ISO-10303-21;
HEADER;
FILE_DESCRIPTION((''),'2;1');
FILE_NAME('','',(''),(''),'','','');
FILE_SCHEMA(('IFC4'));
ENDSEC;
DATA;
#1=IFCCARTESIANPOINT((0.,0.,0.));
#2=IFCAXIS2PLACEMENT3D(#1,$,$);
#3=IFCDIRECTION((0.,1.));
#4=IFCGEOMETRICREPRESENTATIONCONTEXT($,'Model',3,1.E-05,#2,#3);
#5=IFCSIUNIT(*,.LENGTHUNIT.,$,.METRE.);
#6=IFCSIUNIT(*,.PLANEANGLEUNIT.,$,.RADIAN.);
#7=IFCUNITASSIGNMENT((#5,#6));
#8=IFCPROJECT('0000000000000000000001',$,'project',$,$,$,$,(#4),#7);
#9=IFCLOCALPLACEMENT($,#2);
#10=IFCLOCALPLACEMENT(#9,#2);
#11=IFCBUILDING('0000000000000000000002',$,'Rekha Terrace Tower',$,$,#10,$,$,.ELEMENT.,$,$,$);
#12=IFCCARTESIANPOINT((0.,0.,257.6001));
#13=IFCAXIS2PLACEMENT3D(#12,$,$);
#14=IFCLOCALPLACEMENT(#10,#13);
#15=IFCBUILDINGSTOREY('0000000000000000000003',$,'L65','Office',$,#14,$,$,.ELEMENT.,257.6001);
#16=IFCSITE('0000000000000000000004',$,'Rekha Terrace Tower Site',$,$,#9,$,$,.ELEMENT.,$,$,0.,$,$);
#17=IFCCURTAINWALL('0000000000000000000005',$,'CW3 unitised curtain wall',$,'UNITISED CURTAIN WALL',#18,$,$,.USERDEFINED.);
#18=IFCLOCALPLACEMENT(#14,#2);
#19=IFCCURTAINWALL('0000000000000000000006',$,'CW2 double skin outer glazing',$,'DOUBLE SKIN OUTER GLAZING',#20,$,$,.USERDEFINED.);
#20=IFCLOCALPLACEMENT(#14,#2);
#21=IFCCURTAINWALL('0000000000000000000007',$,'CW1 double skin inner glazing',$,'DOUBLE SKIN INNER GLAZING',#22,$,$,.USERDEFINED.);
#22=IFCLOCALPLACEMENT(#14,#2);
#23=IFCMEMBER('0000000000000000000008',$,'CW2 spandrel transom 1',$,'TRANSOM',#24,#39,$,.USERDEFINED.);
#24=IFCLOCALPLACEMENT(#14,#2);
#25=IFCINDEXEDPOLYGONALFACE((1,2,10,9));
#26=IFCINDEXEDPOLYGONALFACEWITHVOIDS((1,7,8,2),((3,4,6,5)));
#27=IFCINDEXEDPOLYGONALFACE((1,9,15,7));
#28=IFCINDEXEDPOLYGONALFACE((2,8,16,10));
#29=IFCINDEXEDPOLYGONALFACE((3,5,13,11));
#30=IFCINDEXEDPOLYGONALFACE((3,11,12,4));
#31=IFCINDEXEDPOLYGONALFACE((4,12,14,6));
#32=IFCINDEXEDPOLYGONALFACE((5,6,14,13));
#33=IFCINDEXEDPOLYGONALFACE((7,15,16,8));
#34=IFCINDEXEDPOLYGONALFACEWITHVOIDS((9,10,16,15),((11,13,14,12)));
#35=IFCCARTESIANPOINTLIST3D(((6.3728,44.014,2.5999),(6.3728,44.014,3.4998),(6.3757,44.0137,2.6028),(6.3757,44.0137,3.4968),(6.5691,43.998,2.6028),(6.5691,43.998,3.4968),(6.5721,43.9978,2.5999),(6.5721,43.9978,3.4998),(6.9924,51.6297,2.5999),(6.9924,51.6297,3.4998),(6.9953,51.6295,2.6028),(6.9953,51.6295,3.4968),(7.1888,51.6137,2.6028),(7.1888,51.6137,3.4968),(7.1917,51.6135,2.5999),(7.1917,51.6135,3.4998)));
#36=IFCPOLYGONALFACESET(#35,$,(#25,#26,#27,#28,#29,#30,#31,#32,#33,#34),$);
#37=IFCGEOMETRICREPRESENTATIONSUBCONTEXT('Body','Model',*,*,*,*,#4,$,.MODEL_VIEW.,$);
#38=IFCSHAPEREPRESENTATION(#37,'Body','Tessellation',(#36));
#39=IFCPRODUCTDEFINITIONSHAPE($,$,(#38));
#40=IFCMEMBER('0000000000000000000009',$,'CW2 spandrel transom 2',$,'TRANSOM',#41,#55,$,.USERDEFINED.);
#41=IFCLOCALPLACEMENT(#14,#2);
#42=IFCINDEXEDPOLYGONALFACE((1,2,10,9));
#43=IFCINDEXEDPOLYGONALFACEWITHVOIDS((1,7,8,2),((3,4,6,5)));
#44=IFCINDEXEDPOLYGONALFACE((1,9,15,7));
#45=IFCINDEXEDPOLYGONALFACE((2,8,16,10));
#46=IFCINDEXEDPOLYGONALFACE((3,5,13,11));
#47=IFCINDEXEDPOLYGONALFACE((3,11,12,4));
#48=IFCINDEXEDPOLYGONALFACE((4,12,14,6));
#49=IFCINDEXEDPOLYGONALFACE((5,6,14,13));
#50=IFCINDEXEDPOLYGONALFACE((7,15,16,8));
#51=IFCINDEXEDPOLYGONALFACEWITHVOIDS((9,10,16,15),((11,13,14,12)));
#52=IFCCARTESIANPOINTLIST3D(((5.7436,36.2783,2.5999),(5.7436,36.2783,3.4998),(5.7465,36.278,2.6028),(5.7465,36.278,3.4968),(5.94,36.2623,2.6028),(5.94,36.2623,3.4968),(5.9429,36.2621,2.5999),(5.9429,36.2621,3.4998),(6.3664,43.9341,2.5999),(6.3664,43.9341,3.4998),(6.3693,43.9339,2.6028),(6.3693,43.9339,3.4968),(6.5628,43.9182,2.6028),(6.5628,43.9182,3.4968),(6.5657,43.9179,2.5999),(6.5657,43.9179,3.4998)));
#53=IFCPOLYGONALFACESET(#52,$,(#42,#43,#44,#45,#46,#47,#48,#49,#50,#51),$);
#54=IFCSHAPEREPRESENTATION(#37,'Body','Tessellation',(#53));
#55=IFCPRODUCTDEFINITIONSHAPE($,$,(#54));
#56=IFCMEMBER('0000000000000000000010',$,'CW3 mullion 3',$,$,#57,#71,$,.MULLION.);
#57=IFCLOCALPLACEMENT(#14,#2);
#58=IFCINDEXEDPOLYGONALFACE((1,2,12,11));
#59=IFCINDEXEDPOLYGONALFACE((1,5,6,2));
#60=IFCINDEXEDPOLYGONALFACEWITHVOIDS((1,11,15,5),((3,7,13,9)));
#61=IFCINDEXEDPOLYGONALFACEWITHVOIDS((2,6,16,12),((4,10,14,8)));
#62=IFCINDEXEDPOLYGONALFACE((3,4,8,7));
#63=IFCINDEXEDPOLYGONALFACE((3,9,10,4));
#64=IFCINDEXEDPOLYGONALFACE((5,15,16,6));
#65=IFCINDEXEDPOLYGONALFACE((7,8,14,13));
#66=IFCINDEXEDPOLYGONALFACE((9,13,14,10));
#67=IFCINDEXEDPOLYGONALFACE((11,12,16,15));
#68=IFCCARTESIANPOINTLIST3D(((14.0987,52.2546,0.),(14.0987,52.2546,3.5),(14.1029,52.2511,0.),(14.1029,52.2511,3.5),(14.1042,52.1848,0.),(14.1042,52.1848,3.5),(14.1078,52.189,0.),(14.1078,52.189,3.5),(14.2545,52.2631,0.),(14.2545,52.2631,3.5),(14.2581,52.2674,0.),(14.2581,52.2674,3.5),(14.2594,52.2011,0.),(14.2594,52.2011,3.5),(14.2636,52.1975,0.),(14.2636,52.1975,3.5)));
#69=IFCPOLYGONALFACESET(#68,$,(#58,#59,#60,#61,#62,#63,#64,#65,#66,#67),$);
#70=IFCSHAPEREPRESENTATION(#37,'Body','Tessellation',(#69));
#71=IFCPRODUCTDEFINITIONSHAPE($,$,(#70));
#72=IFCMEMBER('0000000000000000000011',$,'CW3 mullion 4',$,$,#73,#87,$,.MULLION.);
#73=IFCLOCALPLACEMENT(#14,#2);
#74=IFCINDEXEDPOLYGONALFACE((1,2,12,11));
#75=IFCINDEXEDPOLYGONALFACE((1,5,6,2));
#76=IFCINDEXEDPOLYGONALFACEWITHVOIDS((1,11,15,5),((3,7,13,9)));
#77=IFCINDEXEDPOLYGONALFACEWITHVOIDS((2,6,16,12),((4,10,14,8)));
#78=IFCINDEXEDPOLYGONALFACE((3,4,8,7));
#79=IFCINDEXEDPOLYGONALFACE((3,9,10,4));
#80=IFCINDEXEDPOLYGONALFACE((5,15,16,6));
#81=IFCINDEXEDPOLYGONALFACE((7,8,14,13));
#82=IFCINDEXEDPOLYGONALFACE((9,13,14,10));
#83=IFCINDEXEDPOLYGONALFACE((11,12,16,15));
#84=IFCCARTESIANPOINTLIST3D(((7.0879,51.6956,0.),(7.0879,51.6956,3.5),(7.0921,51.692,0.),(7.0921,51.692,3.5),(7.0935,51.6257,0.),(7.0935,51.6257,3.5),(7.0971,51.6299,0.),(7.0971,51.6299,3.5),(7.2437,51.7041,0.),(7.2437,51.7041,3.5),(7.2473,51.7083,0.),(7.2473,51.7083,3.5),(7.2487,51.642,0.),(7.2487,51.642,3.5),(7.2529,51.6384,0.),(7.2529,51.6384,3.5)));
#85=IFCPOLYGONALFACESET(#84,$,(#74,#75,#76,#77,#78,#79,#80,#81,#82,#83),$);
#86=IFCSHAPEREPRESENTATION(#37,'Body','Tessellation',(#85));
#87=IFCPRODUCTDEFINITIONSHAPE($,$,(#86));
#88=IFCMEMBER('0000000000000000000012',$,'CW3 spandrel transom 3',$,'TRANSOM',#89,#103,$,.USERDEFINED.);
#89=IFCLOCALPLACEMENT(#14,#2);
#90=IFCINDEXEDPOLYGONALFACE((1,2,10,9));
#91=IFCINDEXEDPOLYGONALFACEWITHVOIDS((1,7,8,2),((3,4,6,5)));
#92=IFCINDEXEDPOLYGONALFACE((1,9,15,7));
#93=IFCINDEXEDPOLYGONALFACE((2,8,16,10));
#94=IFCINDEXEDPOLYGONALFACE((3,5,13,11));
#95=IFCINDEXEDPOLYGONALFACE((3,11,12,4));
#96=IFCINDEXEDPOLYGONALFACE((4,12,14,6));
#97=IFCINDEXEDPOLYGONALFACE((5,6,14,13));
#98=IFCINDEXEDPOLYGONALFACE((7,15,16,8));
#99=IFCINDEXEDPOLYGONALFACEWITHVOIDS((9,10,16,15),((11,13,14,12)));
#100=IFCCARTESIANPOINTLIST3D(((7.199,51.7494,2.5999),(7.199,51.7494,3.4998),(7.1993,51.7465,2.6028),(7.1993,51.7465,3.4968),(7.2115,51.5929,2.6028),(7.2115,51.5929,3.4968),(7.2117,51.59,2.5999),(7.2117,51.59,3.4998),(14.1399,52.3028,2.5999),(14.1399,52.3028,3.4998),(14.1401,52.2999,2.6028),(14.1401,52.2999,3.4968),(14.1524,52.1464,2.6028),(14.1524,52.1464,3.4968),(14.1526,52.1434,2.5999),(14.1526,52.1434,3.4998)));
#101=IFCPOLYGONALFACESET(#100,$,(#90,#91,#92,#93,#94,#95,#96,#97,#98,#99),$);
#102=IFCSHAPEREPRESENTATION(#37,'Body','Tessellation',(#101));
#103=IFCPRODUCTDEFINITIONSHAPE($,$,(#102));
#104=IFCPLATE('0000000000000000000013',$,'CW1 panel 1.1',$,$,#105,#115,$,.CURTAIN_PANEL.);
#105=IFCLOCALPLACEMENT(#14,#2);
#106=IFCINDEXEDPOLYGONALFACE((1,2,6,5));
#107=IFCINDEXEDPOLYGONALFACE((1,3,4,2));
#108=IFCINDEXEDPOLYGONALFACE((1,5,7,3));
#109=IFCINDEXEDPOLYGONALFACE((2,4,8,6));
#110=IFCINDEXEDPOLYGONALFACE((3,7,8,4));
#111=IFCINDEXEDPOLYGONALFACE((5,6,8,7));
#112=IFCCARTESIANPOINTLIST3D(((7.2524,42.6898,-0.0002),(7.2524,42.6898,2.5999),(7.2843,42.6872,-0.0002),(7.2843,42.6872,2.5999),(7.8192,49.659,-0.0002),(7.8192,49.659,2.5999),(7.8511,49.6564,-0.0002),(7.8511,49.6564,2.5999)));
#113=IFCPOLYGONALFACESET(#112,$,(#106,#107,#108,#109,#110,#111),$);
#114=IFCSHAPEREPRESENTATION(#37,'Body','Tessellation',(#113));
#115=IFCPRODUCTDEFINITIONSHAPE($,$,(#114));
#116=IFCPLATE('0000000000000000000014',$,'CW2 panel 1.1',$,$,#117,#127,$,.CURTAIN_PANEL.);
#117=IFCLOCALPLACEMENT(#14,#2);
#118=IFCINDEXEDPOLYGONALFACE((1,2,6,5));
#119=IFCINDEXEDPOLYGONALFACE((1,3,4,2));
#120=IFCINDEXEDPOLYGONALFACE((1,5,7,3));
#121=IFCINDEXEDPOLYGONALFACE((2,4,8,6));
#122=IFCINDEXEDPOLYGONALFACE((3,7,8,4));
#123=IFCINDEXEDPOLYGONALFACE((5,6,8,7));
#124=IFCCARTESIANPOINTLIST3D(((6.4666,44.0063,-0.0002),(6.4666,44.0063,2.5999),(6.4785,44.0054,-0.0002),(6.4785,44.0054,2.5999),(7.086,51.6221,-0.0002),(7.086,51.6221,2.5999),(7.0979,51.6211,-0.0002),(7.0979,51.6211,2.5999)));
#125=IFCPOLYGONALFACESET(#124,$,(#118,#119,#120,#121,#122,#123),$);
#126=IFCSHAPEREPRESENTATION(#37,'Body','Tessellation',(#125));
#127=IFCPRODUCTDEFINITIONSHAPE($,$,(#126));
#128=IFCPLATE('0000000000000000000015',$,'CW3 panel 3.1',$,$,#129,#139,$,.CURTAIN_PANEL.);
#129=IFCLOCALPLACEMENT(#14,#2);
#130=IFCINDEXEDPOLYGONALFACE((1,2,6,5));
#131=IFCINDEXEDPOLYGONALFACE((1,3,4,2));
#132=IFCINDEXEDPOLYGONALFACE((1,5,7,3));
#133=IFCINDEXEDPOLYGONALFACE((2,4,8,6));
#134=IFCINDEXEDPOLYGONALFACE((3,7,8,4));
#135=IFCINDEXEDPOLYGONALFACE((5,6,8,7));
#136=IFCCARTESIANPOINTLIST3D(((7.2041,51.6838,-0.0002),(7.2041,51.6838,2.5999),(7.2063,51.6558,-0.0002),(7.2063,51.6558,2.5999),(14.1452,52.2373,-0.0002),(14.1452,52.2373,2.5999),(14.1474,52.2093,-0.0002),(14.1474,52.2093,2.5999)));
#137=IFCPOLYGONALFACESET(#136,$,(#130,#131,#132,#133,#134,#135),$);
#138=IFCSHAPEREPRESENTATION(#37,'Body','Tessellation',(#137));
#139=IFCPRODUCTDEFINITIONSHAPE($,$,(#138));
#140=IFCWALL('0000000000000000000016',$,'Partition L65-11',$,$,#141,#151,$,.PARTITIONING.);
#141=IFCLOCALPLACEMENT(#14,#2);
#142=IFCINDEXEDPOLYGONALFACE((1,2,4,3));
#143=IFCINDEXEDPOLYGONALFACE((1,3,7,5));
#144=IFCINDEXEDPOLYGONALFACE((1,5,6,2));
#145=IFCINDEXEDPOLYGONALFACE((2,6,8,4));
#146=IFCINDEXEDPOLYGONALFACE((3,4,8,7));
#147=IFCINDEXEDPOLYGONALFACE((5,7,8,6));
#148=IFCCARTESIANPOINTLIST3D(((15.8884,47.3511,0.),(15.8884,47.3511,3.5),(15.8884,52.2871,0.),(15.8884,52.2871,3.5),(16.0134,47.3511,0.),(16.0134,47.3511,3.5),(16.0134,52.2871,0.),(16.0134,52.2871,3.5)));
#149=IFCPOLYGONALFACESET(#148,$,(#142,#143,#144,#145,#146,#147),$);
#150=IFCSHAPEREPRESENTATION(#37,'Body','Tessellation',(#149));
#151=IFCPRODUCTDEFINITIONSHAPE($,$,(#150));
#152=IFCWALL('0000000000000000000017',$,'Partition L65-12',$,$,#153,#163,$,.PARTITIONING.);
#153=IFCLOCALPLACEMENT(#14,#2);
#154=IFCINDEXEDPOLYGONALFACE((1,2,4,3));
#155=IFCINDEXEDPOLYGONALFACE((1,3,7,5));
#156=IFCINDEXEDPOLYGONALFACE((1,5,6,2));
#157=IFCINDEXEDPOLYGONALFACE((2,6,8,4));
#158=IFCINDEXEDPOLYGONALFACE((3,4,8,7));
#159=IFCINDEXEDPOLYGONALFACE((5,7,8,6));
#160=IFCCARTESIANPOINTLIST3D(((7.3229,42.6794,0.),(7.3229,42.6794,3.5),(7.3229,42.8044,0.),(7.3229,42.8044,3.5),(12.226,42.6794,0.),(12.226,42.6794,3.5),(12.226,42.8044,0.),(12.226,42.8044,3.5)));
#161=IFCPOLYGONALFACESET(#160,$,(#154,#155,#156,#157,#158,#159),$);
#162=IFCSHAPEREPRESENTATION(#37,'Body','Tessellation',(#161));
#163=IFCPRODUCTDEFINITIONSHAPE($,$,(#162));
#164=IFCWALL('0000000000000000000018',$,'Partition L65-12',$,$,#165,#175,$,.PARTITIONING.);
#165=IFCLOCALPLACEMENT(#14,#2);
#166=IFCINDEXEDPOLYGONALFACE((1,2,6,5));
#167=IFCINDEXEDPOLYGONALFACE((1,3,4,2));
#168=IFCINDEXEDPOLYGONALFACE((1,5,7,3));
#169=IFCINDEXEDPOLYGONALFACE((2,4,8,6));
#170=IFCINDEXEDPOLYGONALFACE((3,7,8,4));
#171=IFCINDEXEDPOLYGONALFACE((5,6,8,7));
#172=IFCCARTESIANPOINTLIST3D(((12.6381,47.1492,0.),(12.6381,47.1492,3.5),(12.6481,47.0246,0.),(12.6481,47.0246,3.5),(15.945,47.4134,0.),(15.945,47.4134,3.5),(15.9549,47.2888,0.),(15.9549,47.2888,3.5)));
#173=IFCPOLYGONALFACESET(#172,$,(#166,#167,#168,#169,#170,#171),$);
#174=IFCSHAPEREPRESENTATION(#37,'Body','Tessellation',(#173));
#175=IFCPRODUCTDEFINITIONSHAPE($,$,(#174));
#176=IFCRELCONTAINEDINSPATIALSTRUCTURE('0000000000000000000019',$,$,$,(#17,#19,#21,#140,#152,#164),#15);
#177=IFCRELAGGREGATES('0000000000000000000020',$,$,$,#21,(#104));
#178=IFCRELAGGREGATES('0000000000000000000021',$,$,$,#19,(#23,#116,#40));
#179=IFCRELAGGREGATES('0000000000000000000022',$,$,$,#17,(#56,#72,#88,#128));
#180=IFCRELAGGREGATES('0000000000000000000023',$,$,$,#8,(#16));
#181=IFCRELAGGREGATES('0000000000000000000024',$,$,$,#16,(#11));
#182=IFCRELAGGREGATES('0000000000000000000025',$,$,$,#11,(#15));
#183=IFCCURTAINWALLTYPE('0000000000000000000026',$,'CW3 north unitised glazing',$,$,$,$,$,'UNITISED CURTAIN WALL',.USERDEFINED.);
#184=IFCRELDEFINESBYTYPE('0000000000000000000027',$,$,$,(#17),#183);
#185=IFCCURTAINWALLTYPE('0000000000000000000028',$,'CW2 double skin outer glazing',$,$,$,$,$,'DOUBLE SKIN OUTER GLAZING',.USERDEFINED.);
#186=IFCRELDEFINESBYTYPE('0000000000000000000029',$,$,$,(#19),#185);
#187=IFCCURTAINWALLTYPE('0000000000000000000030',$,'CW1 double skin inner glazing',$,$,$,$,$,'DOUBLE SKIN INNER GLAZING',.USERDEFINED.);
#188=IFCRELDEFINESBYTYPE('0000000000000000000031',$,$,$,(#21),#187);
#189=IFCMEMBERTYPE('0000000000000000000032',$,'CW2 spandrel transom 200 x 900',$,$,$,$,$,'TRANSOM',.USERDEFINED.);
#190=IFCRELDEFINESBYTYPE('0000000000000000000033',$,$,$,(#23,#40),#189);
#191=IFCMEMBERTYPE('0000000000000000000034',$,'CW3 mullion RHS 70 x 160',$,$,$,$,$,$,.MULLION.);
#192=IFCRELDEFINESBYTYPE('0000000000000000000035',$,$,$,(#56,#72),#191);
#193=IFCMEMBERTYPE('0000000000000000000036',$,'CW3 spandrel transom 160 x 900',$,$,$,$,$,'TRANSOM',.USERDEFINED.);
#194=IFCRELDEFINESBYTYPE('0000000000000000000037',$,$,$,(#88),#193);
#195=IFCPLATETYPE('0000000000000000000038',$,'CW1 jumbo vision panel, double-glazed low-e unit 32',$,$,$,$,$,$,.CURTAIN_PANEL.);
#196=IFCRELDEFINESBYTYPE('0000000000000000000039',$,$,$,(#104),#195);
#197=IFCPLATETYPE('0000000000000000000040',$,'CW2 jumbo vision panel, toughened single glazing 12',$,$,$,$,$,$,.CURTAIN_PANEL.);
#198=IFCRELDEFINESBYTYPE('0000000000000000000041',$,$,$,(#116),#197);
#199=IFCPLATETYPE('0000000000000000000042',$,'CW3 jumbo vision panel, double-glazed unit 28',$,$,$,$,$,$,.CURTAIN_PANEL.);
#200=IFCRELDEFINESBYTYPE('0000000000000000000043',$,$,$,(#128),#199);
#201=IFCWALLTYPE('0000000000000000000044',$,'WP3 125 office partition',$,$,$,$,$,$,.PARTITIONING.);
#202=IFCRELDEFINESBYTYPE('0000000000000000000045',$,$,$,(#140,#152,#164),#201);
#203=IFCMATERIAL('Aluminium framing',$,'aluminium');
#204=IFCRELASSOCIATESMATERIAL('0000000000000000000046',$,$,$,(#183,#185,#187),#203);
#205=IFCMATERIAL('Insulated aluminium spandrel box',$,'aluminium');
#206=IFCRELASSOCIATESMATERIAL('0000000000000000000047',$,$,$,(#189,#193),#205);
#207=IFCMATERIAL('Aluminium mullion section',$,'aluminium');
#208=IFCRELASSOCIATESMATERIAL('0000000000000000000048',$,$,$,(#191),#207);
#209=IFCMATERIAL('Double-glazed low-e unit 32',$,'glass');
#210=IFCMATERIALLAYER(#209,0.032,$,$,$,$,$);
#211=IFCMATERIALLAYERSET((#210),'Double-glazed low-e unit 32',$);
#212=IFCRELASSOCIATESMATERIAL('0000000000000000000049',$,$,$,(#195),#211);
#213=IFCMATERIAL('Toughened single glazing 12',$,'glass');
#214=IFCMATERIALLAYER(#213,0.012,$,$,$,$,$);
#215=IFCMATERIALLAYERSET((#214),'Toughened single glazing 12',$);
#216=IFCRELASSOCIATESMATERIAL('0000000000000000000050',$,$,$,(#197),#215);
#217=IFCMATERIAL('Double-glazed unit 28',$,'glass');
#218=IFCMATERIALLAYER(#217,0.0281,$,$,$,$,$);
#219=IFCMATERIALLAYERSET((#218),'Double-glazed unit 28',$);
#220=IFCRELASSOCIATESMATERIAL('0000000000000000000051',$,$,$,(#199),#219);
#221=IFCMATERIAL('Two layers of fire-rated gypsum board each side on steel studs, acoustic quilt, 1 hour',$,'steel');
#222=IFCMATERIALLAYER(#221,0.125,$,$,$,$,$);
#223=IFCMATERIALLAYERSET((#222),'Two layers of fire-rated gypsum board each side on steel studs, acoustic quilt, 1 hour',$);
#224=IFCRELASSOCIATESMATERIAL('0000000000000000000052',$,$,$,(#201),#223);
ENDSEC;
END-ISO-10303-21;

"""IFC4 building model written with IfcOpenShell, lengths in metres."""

from ifc_helpers import new_model, si_unit, direction, frame, frame_2d, origin, origin_2d, place, context, subcontext, project, spatial, rectangle, hollow_rectangle, extrude, material, layer, layer_set, material_profile, profile_set, type_object, element, aggregate, save


model = new_model("IFC4")

# Units and contexts
model_context = context("Model", 3, precision=1e-05, world=origin(), true_north=direction((0.0, 1.0)))
body_context = subcontext(model_context, "Body", "Model", "MODEL_VIEW")
ifc_project = project(units=[si_unit("LENGTHUNIT", "METRE"), si_unit("PLANEANGLEUNIT", "RADIAN")], contexts=[model_context])

# Site, building, storey
site_placement = place(None, origin())
site = spatial("IfcSite", under=ifc_project, at=site_placement, Name="Rekha Terrace Tower Site", CompositionType="ELEMENT", RefElevation=0.0)
building_placement = place(site_placement, origin())
building = spatial("IfcBuilding", under=site, at=building_placement, Name="Rekha Terrace Tower", CompositionType="ELEMENT")
storey_placement = place(building_placement, frame((0.0, 0.0, 257.6001)))
storey = spatial("IfcBuildingStorey", under=building, at=storey_placement, Name="L65", Description="Office", CompositionType="ELEMENT", Elevation=257.6001)

# Curtain walls
ifc_material_1 = material(Name="Aluminium framing", Category="aluminium")
curtain_wall_type_1 = type_object("IfcCurtainWallType", Name="CW3 north unitised glazing", ElementType="UNITISED CURTAIN WALL", PredefinedType="USERDEFINED", material=ifc_material_1)
curtain_wall_1_placement = place(storey_placement, origin())
curtain_wall_1 = element("IfcCurtainWall", 1, at=curtain_wall_1_placement, inside=storey, type_object=curtain_wall_type_1, Name="CW3 unitised curtain wall", ObjectType="UNITISED CURTAIN WALL", PredefinedType="USERDEFINED")
curtain_wall_type_2 = type_object("IfcCurtainWallType", Name="CW2 double skin outer glazing", ElementType="DOUBLE SKIN OUTER GLAZING", PredefinedType="USERDEFINED", material=ifc_material_1)
curtain_wall_2_placement = place(storey_placement, origin())
curtain_wall_2 = element("IfcCurtainWall", 2, at=curtain_wall_2_placement, inside=storey, type_object=curtain_wall_type_2, Name="CW2 double skin outer glazing", ObjectType="DOUBLE SKIN OUTER GLAZING", PredefinedType="USERDEFINED")

# Curtain wall
curtain_wall_type_3 = type_object("IfcCurtainWallType", Name="CW1 double skin inner glazing", ElementType="DOUBLE SKIN INNER GLAZING", PredefinedType="USERDEFINED", material=ifc_material_1)
curtain_wall_3_placement = place(storey_placement, origin())
curtain_wall_3 = element("IfcCurtainWall", 3, at=curtain_wall_3_placement, inside=storey, type_object=curtain_wall_type_3, Name="CW1 double skin inner glazing", ObjectType="DOUBLE SKIN INNER GLAZING", PredefinedType="USERDEFINED")
ifc_material_2 = material(Name="Aluminium mullion section", Category="aluminium")
ifc_material_3 = material(Name="Insulated aluminium spandrel box", Category="aluminium")

# Members
ifc_material_profile_1 = material_profile(ifc_material_3, hollow_rectangle(XDim=0.2, YDim=0.8999, WallThickness=0.0029, at=origin_2d()), Name="AL SPANDREL BOX 200x900")
ifc_profile_set_1 = profile_set([ifc_material_profile_1], Name="Insulated aluminium spandrel box")
member_type_1 = type_object("IfcMemberType", Name="CW2 spandrel transom 200 x 900", ElementType="TRANSOM", PredefinedType="USERDEFINED", material=ifc_profile_set_1)
member_1_placement = place(storey_placement, frame((7.092, 51.6216, 3.0498), z_axis=(-0.081094, -0.996706, 0.0), x_axis=(0.996706, -0.081094, 0.0)))
member_1 = element("IfcMember", 4, at=member_1_placement, type_object=member_type_1, Name="CW2 spandrel transom 1", ObjectType="TRANSOM", PredefinedType="USERDEFINED", context=body_context, shape_type="SweptSolid", body=[
    extrude(hollow_rectangle(XDim=0.2, YDim=0.8999, WallThickness=0.0029, at=origin_2d()), origin(), (0.0, 0.0, 1.0), 7.6409),
])
member_2_placement = place(storey_placement, frame((6.4661, 43.926, 3.0498), z_axis=(-0.081083, -0.996707, 0.0), x_axis=(0.996707, -0.081083, 0.0)))
member_2 = element("IfcMember", 5, at=member_2_placement, type_object=member_type_1, Name="CW2 spandrel transom 2", ObjectType="TRANSOM", PredefinedType="USERDEFINED", context=body_context, shape_type="SweptSolid", body=[
    extrude(hollow_rectangle(XDim=0.2, YDim=0.8999, WallThickness=0.0029, at=origin_2d()), origin(), (0.0, 0.0, 1.0), 7.6812),
])
ifc_material_profile_2 = material_profile(ifc_material_2, hollow_rectangle(XDim=0.0701, YDim=0.1599, WallThickness=0.0039, at=origin_2d()), Name="AL RHS 70x160")
ifc_profile_set_2 = profile_set([ifc_material_profile_2], Name="Aluminium mullion section")
member_type_2 = type_object("IfcMemberType", Name="CW3 mullion RHS 70 x 160", PredefinedType="MULLION", material=ifc_profile_set_2)
member_3_placement = place(storey_placement, frame((14.1812, 52.2261, 0.0), z_axis=(0.0, 0.0, 1.0), x_axis=(0.079485, -0.996836, 0.0)))
member_3 = element("IfcMember", 6, at=member_3_placement, type_object=member_type_2, Name="CW3 mullion 3", PredefinedType="MULLION", context=body_context, shape_type="SweptSolid", body=[
    extrude(hollow_rectangle(XDim=0.0701, YDim=0.1599, WallThickness=0.0039, at=origin_2d()), origin(), (0.0, 0.0, 1.0), 3.5),
])
member_4_placement = place(storey_placement, frame((7.1704, 51.667, 0.0), z_axis=(0.0, 0.0, 1.0), x_axis=(0.079485, -0.996836, 0.0)))
member_4 = element("IfcMember", 7, at=member_4_placement, type_object=member_type_2, Name="CW3 mullion 4", PredefinedType="MULLION", context=body_context, shape_type="SweptSolid", body=[
    extrude(hollow_rectangle(XDim=0.0701, YDim=0.1599, WallThickness=0.0039, at=origin_2d()), origin(), (0.0, 0.0, 1.0), 3.5),
])
ifc_material_profile_3 = material_profile(ifc_material_3, hollow_rectangle(XDim=0.1599, YDim=0.8999, WallThickness=0.0029, at=origin_2d()), Name="AL SPANDREL BOX 160x900")
ifc_profile_set_3 = profile_set([ifc_material_profile_3], Name="Insulated aluminium spandrel box")
member_type_3 = type_object("IfcMemberType", Name="CW3 spandrel transom 160 x 900", ElementType="TRANSOM", PredefinedType="USERDEFINED", material=ifc_profile_set_3)
member_5_placement = place(storey_placement, frame((14.1462, 52.2231, 3.0498), z_axis=(-0.996836, -0.079487, 0.0), x_axis=(0.079487, -0.996836, 0.0)))
member_5 = element("IfcMember", 8, at=member_5_placement, type_object=member_type_3, Name="CW3 spandrel transom 3", ObjectType="TRANSOM", PredefinedType="USERDEFINED", context=body_context, shape_type="SweptSolid", body=[
    extrude(hollow_rectangle(XDim=0.1599, YDim=0.8999, WallThickness=0.0029, at=origin_2d()), origin(), (0.0, 0.0, 1.0), 6.9629),
])

# Plates
ifc_material_4 = material(Name="Double-glazed low-e unit 32", Category="glass")
ifc_layer_1 = layer(ifc_material_4, 0.032)
ifc_layer_set_1 = layer_set([ifc_layer_1], Name="Double-glazed low-e unit 32")
plate_type_1 = type_object("IfcPlateType", Name="CW1 jumbo vision panel, double-glazed low-e unit 32", PredefinedType="CURTAIN_PANEL", material=ifc_layer_set_1)
plate_1_placement = place(storey_placement, frame((7.5518, 46.1731, -0.0002), z_axis=(0.0, 0.0, 1.0), x_axis=(-0.081068, -0.996709, 0.0)))
plate_1 = element("IfcPlate", 9, at=plate_1_placement, type_object=plate_type_1, Name="CW1 panel 1.1", PredefinedType="CURTAIN_PANEL", context=body_context, shape_type="SweptSolid", body=[
    extrude(rectangle(XDim=6.9922, YDim=0.032, at=origin_2d()), origin(), (0.0, 0.0, 1.0), 2.6001),
])
aggregate(curtain_wall_3, [plate_1])
ifc_material_5 = material(Name="Toughened single glazing 12", Category="glass")
ifc_layer_2 = layer(ifc_material_5, 0.012)
ifc_layer_set_2 = layer_set([ifc_layer_2], Name="Toughened single glazing 12")
plate_type_2 = type_object("IfcPlateType", Name="CW2 jumbo vision panel, toughened single glazing 12", PredefinedType="CURTAIN_PANEL", material=ifc_layer_set_2)
plate_2_placement = place(storey_placement, frame((6.7822, 47.8137, -0.0002), z_axis=(0.0, 0.0, 1.0), x_axis=(-0.081068, -0.996709, 0.0)))
plate_2 = element("IfcPlate", 10, at=plate_2_placement, type_object=plate_type_2, Name="CW2 panel 1.1", PredefinedType="CURTAIN_PANEL", context=body_context, shape_type="SweptSolid", body=[
    extrude(rectangle(XDim=7.6409, YDim=0.012, at=origin_2d()), origin(), (0.0, 0.0, 1.0), 2.6001),
])
aggregate(curtain_wall_2, [member_1, plate_2, member_2])
ifc_material_6 = material(Name="Double-glazed unit 28", Category="glass")
ifc_layer_3 = layer(ifc_material_6, 0.0281)
ifc_layer_set_3 = layer_set([ifc_layer_3], Name="Double-glazed unit 28")
plate_type_3 = type_object("IfcPlateType", Name="CW3 jumbo vision panel, double-glazed unit 28", PredefinedType="CURTAIN_PANEL", material=ifc_layer_set_3)
plate_3_placement = place(storey_placement, frame((10.6758, 51.9465, -0.0002), z_axis=(0.0, 0.0, 1.0), x_axis=(-0.996836, -0.079485, 0.0)))
plate_3 = element("IfcPlate", 11, at=plate_3_placement, type_object=plate_type_3, Name="CW3 panel 3.1", PredefinedType="CURTAIN_PANEL", context=body_context, shape_type="SweptSolid", body=[
    extrude(rectangle(XDim=6.9631, YDim=0.0281, at=origin_2d()), origin(), (0.0, 0.0, 1.0), 2.6001),
])
aggregate(curtain_wall_1, [member_3, member_4, member_5, plate_3])

# Walls
ifc_material_7 = material(Name="Two layers of fire-rated gypsum board each side on steel studs, acoustic quilt, 1 hour", Category="steel")
ifc_layer_4 = layer(ifc_material_7, 0.125)
ifc_layer_set_4 = layer_set([ifc_layer_4], Name="Two layers of fire-rated gypsum board each side on steel studs, acoustic quilt, 1 hour")
wall_type = type_object("IfcWallType", Name="WP3 125 office partition", PredefinedType="PARTITIONING", material=ifc_layer_set_4)
wall_1_placement = place(storey_placement, frame((15.9509, 47.3511, 0.0), z_axis=(0.0, 0.0, 1.0), x_axis=(0.0, 1.0, 0.0)))
element("IfcWall", 12, at=wall_1_placement, inside=storey, type_object=wall_type, Name="Partition L65-11", PredefinedType="PARTITIONING", context=body_context, shape_type="SweptSolid", body=[
    extrude(rectangle(XDim=4.936, YDim=0.125, at=frame_2d((2.468, 0.0))), origin(), (0.0, 0.0, 1.0), 3.5),
])
wall_2_placement = place(storey_placement, frame((12.2261, 42.7419, 0.0), z_axis=(0.0, 0.0, 1.0), x_axis=(-1.0, 0.0, 0.0)))
element("IfcWall", 13, at=wall_2_placement, inside=storey, type_object=wall_type, Name="Partition L65-12", PredefinedType="PARTITIONING", context=body_context, shape_type="SweptSolid", body=[
    extrude(rectangle(XDim=4.9031, YDim=0.125, at=frame_2d((2.4517, 0.0))), origin(), (0.0, 0.0, 1.0), 3.5),
])
wall_3_placement = place(storey_placement, frame((15.95, 47.3511, 0.0), z_axis=(0.0, 0.0, 1.0), x_axis=(-0.996825, -0.079628, 0.0)))
element("IfcWall", 14, at=wall_3_placement, inside=storey, type_object=wall_type, Name="Partition L65-12", PredefinedType="PARTITIONING", context=body_context, shape_type="SweptSolid", body=[
    extrude(rectangle(XDim=3.3174, YDim=0.125, at=frame_2d((1.6587, 0.0))), origin(), (0.0, 0.0, 1.0), 3.5),
])

save(model, "model.ifc")
